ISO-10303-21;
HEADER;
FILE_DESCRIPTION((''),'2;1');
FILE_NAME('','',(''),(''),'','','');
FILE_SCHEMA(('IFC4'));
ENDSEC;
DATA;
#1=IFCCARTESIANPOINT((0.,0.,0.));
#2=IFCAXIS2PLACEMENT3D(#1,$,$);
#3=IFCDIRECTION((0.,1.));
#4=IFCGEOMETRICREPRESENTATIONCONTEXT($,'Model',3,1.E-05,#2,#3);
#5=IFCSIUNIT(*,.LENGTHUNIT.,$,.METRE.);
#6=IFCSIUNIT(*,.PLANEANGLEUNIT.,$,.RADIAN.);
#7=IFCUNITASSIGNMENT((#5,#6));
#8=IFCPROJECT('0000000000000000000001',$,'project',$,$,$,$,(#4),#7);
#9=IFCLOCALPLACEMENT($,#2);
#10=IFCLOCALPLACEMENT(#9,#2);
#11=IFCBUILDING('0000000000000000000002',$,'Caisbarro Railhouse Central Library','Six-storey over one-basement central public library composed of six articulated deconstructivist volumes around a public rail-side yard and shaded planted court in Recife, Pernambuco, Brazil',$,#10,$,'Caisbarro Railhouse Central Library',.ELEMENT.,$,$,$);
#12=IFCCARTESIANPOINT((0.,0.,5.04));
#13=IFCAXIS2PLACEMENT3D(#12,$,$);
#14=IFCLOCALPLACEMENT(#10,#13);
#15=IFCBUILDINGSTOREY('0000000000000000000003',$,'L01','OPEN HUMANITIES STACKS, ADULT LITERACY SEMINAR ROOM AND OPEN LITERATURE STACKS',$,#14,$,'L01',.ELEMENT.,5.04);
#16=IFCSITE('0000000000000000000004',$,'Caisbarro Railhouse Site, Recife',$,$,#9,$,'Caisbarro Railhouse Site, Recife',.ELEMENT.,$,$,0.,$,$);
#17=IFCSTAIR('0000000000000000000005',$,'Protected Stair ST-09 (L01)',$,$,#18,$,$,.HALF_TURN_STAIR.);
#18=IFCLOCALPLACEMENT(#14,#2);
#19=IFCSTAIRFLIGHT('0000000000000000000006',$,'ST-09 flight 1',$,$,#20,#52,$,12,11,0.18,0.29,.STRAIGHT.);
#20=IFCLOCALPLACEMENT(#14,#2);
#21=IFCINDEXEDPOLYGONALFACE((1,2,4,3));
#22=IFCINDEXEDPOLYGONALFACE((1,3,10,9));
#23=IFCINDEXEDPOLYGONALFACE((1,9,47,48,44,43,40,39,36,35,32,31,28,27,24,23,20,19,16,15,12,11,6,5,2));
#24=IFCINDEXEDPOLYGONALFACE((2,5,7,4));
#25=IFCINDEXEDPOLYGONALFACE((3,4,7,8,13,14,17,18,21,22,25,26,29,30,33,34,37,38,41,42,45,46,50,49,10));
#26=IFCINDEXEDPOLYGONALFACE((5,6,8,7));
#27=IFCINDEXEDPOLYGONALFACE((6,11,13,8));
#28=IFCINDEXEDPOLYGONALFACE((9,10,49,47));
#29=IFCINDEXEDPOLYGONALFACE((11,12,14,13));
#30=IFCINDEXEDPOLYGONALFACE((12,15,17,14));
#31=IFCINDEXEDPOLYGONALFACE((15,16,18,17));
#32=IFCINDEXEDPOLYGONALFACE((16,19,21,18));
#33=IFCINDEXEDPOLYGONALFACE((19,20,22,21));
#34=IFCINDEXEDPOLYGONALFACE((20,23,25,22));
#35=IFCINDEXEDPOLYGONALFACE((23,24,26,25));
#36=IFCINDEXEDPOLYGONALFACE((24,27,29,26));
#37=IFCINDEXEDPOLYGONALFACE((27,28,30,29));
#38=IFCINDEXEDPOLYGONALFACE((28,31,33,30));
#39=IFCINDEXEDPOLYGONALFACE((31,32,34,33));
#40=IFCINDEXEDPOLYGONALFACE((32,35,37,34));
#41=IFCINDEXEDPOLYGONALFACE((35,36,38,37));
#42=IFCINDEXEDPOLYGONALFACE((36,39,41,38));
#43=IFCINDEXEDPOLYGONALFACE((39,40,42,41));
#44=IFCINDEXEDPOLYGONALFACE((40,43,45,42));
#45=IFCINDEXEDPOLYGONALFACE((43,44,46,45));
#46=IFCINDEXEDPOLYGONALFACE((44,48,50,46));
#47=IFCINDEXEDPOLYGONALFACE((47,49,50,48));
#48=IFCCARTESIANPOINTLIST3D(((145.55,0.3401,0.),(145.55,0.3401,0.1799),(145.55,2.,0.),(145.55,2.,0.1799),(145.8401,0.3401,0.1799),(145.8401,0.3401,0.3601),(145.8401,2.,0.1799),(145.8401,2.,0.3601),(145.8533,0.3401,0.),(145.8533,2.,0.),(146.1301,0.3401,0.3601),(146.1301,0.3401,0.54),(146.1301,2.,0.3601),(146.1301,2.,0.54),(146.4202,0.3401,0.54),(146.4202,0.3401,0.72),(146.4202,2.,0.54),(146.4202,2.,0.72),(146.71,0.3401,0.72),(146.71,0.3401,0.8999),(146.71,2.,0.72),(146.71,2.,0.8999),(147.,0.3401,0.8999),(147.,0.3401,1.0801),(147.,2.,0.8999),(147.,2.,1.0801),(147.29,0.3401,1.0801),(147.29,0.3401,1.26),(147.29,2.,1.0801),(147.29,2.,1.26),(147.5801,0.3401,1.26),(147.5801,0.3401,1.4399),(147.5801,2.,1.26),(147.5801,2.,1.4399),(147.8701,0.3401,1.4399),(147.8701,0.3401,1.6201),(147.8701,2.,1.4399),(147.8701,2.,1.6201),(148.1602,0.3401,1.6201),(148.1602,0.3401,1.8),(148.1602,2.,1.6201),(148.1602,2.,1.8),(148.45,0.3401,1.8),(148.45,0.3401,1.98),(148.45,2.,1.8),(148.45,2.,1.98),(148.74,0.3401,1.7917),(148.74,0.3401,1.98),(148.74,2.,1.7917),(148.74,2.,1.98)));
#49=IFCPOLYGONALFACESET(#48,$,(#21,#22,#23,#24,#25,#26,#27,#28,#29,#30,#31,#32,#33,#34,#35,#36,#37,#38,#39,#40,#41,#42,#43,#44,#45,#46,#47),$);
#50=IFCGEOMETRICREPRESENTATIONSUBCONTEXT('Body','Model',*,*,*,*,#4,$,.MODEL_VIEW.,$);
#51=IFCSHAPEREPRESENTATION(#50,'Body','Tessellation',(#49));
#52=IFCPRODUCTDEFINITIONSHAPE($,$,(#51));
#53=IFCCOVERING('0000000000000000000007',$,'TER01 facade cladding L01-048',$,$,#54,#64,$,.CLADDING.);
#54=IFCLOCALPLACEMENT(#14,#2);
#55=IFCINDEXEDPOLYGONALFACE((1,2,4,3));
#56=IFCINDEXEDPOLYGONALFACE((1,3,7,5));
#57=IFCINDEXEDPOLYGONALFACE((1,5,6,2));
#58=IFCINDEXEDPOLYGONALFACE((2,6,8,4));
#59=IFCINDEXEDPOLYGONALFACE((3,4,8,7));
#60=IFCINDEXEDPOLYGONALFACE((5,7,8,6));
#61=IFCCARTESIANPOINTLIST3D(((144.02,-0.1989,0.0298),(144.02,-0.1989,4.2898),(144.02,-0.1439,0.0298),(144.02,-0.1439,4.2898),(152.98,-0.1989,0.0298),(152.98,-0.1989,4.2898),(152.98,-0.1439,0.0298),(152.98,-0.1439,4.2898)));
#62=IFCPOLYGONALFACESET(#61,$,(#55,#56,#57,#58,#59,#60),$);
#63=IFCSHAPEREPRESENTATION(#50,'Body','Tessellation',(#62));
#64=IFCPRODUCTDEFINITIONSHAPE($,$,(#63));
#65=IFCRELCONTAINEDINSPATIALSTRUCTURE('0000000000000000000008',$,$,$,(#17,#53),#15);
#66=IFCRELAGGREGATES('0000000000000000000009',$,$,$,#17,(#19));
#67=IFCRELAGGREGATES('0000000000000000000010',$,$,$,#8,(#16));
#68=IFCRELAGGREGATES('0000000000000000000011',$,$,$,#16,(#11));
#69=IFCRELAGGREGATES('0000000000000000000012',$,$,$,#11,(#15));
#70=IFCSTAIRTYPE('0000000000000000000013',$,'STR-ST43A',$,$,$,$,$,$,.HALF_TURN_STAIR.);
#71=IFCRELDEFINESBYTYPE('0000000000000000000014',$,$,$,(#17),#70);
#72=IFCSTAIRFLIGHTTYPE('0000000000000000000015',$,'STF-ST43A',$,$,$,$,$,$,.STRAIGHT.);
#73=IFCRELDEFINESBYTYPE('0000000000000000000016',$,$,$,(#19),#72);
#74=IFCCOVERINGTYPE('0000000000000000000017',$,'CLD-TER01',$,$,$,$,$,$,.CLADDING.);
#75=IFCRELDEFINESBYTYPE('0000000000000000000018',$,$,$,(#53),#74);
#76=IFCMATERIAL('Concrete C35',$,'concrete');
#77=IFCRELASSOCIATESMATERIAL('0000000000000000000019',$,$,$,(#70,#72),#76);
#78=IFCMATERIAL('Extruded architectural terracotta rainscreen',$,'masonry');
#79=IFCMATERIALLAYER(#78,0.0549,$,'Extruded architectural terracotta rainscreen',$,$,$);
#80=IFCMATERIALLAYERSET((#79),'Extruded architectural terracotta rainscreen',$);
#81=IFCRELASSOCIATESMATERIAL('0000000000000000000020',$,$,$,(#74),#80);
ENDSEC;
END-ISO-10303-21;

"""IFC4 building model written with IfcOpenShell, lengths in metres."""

from ifc_helpers import new_model, si_unit, direction, frame, origin, origin_2d, place, context, subcontext, project, spatial, polyline, rectangle, outline, extrude, material, layer, layer_set, type_object, element, aggregate, save


model = new_model("IFC4")

# Units and contexts
model_context = context("Model", 3, precision=1e-05, world=origin(), true_north=direction((0.0, 1.0)))
body_context = subcontext(model_context, "Body", "Model", "MODEL_VIEW")
ifc_project = project(units=[si_unit("LENGTHUNIT", "METRE"), si_unit("PLANEANGLEUNIT", "RADIAN")], contexts=[model_context])

# Site, building, storey
site_placement = place(None, origin())
site = spatial("IfcSite", under=ifc_project, at=site_placement, Name="Caisbarro Railhouse Site, Recife", LongName="Caisbarro Railhouse Site, Recife", CompositionType="ELEMENT", RefElevation=0.0)
building_placement = place(site_placement, origin())
building = spatial("IfcBuilding", under=site, at=building_placement, Name="Caisbarro Railhouse Central Library", Description="Six-storey over one-basement central public library composed of six articulated deconstructivist volumes around a public rail-side yard and shaded planted court in Recife, Pernambuco, Brazil", LongName="Caisbarro Railhouse Central Library", CompositionType="ELEMENT")
storey_placement = place(building_placement, frame((0.0, 0.0, 5.04)))
storey = spatial("IfcBuildingStorey", under=building, at=storey_placement, Name="L01", Description="OPEN HUMANITIES STACKS, ADULT LITERACY SEMINAR ROOM AND OPEN LITERATURE STACKS", LongName="L01", CompositionType="ELEMENT", Elevation=5.04)

# Stair, stair flight
ifc_material_1 = material(Name="Concrete C35", Category="concrete")
stair_type = type_object("IfcStairType", Name="STR-ST43A", PredefinedType="HALF_TURN_STAIR", material=ifc_material_1)
stair_placement = place(storey_placement, origin())
stair = element("IfcStair", 1, at=stair_placement, inside=storey, type_object=stair_type, Name="Protected Stair ST-09 (L01)", PredefinedType="HALF_TURN_STAIR")
stair_flight_type = type_object("IfcStairFlightType", Name="STF-ST43A", PredefinedType="STRAIGHT", material=ifc_material_1)
stair_flight_placement = place(storey_placement, frame((145.55, 1.1699, 0.0), z_axis=(0.0, 0.0, 1.0), x_axis=(1.0, 0.0, 0.0)))
stair_flight = element("IfcStairFlight", 2, at=stair_flight_placement, type_object=stair_flight_type, Name="ST-09 flight 1", NumberOfRisers=12, NumberOfTreads=11, PredefinedType="STRAIGHT", RiserHeight=0.18, TreadLength=0.29, context=body_context, shape_type="SweptSolid", body=[
    extrude(outline(polyline([(0.0, 0.0), (0.0, 0.1799), (0.29, 0.1799), (0.29, 0.3601), (0.5801, 0.3601), (0.5801, 0.54), (0.8701, 0.54), (0.8701, 0.72), (1.1599, 0.72), (1.1599, 0.8999), (1.45, 0.8999), (1.45, 1.0801), (1.74, 1.0801), (1.74, 1.26), (2.03, 1.26), (2.03, 1.4399), (2.3201, 1.4399), (2.3201, 1.6201), (2.6101, 1.6201), (2.6101, 1.8), (2.8999, 1.8), (2.8999, 1.98), (3.1899, 1.98), (3.1899, 2.1599), (3.1899, 1.7917), (0.3032, 0.0), (0.0, 0.0)])), frame((0.0, 0.8301, 0.0), z_axis=(0.0, -1.0, 0.0), x_axis=(1.0, 0.0, 0.0)), (0.0, 0.0, 1.0), 1.6599),
])
aggregate(stair, [stair_flight])

# Covering
ifc_material_2 = material(Name="Extruded architectural terracotta rainscreen", Category="masonry")
ifc_layer_1 = layer(ifc_material_2, 0.0549, Name="Extruded architectural terracotta rainscreen")
ifc_layer_set_1 = layer_set([ifc_layer_1], Name="Extruded architectural terracotta rainscreen")
covering_type = type_object("IfcCoveringType", Name="CLD-TER01", PredefinedType="CLADDING", material=ifc_layer_set_1)
covering_placement = place(storey_placement, frame((148.5, -0.1714, 0.0298), z_axis=(0.0, 0.0, 1.0), x_axis=(1.0, 0.0, 0.0)))
element("IfcCovering", 3, at=covering_placement, inside=storey, type_object=covering_type, Name="TER01 facade cladding L01-048", PredefinedType="CLADDING", context=body_context, shape_type="SweptSolid", body=[
    extrude(rectangle(XDim=8.96, YDim=0.0549, at=origin_2d()), origin(), (0.0, 0.0, 1.0), 4.26),
])

save(model, "model.ifc")
